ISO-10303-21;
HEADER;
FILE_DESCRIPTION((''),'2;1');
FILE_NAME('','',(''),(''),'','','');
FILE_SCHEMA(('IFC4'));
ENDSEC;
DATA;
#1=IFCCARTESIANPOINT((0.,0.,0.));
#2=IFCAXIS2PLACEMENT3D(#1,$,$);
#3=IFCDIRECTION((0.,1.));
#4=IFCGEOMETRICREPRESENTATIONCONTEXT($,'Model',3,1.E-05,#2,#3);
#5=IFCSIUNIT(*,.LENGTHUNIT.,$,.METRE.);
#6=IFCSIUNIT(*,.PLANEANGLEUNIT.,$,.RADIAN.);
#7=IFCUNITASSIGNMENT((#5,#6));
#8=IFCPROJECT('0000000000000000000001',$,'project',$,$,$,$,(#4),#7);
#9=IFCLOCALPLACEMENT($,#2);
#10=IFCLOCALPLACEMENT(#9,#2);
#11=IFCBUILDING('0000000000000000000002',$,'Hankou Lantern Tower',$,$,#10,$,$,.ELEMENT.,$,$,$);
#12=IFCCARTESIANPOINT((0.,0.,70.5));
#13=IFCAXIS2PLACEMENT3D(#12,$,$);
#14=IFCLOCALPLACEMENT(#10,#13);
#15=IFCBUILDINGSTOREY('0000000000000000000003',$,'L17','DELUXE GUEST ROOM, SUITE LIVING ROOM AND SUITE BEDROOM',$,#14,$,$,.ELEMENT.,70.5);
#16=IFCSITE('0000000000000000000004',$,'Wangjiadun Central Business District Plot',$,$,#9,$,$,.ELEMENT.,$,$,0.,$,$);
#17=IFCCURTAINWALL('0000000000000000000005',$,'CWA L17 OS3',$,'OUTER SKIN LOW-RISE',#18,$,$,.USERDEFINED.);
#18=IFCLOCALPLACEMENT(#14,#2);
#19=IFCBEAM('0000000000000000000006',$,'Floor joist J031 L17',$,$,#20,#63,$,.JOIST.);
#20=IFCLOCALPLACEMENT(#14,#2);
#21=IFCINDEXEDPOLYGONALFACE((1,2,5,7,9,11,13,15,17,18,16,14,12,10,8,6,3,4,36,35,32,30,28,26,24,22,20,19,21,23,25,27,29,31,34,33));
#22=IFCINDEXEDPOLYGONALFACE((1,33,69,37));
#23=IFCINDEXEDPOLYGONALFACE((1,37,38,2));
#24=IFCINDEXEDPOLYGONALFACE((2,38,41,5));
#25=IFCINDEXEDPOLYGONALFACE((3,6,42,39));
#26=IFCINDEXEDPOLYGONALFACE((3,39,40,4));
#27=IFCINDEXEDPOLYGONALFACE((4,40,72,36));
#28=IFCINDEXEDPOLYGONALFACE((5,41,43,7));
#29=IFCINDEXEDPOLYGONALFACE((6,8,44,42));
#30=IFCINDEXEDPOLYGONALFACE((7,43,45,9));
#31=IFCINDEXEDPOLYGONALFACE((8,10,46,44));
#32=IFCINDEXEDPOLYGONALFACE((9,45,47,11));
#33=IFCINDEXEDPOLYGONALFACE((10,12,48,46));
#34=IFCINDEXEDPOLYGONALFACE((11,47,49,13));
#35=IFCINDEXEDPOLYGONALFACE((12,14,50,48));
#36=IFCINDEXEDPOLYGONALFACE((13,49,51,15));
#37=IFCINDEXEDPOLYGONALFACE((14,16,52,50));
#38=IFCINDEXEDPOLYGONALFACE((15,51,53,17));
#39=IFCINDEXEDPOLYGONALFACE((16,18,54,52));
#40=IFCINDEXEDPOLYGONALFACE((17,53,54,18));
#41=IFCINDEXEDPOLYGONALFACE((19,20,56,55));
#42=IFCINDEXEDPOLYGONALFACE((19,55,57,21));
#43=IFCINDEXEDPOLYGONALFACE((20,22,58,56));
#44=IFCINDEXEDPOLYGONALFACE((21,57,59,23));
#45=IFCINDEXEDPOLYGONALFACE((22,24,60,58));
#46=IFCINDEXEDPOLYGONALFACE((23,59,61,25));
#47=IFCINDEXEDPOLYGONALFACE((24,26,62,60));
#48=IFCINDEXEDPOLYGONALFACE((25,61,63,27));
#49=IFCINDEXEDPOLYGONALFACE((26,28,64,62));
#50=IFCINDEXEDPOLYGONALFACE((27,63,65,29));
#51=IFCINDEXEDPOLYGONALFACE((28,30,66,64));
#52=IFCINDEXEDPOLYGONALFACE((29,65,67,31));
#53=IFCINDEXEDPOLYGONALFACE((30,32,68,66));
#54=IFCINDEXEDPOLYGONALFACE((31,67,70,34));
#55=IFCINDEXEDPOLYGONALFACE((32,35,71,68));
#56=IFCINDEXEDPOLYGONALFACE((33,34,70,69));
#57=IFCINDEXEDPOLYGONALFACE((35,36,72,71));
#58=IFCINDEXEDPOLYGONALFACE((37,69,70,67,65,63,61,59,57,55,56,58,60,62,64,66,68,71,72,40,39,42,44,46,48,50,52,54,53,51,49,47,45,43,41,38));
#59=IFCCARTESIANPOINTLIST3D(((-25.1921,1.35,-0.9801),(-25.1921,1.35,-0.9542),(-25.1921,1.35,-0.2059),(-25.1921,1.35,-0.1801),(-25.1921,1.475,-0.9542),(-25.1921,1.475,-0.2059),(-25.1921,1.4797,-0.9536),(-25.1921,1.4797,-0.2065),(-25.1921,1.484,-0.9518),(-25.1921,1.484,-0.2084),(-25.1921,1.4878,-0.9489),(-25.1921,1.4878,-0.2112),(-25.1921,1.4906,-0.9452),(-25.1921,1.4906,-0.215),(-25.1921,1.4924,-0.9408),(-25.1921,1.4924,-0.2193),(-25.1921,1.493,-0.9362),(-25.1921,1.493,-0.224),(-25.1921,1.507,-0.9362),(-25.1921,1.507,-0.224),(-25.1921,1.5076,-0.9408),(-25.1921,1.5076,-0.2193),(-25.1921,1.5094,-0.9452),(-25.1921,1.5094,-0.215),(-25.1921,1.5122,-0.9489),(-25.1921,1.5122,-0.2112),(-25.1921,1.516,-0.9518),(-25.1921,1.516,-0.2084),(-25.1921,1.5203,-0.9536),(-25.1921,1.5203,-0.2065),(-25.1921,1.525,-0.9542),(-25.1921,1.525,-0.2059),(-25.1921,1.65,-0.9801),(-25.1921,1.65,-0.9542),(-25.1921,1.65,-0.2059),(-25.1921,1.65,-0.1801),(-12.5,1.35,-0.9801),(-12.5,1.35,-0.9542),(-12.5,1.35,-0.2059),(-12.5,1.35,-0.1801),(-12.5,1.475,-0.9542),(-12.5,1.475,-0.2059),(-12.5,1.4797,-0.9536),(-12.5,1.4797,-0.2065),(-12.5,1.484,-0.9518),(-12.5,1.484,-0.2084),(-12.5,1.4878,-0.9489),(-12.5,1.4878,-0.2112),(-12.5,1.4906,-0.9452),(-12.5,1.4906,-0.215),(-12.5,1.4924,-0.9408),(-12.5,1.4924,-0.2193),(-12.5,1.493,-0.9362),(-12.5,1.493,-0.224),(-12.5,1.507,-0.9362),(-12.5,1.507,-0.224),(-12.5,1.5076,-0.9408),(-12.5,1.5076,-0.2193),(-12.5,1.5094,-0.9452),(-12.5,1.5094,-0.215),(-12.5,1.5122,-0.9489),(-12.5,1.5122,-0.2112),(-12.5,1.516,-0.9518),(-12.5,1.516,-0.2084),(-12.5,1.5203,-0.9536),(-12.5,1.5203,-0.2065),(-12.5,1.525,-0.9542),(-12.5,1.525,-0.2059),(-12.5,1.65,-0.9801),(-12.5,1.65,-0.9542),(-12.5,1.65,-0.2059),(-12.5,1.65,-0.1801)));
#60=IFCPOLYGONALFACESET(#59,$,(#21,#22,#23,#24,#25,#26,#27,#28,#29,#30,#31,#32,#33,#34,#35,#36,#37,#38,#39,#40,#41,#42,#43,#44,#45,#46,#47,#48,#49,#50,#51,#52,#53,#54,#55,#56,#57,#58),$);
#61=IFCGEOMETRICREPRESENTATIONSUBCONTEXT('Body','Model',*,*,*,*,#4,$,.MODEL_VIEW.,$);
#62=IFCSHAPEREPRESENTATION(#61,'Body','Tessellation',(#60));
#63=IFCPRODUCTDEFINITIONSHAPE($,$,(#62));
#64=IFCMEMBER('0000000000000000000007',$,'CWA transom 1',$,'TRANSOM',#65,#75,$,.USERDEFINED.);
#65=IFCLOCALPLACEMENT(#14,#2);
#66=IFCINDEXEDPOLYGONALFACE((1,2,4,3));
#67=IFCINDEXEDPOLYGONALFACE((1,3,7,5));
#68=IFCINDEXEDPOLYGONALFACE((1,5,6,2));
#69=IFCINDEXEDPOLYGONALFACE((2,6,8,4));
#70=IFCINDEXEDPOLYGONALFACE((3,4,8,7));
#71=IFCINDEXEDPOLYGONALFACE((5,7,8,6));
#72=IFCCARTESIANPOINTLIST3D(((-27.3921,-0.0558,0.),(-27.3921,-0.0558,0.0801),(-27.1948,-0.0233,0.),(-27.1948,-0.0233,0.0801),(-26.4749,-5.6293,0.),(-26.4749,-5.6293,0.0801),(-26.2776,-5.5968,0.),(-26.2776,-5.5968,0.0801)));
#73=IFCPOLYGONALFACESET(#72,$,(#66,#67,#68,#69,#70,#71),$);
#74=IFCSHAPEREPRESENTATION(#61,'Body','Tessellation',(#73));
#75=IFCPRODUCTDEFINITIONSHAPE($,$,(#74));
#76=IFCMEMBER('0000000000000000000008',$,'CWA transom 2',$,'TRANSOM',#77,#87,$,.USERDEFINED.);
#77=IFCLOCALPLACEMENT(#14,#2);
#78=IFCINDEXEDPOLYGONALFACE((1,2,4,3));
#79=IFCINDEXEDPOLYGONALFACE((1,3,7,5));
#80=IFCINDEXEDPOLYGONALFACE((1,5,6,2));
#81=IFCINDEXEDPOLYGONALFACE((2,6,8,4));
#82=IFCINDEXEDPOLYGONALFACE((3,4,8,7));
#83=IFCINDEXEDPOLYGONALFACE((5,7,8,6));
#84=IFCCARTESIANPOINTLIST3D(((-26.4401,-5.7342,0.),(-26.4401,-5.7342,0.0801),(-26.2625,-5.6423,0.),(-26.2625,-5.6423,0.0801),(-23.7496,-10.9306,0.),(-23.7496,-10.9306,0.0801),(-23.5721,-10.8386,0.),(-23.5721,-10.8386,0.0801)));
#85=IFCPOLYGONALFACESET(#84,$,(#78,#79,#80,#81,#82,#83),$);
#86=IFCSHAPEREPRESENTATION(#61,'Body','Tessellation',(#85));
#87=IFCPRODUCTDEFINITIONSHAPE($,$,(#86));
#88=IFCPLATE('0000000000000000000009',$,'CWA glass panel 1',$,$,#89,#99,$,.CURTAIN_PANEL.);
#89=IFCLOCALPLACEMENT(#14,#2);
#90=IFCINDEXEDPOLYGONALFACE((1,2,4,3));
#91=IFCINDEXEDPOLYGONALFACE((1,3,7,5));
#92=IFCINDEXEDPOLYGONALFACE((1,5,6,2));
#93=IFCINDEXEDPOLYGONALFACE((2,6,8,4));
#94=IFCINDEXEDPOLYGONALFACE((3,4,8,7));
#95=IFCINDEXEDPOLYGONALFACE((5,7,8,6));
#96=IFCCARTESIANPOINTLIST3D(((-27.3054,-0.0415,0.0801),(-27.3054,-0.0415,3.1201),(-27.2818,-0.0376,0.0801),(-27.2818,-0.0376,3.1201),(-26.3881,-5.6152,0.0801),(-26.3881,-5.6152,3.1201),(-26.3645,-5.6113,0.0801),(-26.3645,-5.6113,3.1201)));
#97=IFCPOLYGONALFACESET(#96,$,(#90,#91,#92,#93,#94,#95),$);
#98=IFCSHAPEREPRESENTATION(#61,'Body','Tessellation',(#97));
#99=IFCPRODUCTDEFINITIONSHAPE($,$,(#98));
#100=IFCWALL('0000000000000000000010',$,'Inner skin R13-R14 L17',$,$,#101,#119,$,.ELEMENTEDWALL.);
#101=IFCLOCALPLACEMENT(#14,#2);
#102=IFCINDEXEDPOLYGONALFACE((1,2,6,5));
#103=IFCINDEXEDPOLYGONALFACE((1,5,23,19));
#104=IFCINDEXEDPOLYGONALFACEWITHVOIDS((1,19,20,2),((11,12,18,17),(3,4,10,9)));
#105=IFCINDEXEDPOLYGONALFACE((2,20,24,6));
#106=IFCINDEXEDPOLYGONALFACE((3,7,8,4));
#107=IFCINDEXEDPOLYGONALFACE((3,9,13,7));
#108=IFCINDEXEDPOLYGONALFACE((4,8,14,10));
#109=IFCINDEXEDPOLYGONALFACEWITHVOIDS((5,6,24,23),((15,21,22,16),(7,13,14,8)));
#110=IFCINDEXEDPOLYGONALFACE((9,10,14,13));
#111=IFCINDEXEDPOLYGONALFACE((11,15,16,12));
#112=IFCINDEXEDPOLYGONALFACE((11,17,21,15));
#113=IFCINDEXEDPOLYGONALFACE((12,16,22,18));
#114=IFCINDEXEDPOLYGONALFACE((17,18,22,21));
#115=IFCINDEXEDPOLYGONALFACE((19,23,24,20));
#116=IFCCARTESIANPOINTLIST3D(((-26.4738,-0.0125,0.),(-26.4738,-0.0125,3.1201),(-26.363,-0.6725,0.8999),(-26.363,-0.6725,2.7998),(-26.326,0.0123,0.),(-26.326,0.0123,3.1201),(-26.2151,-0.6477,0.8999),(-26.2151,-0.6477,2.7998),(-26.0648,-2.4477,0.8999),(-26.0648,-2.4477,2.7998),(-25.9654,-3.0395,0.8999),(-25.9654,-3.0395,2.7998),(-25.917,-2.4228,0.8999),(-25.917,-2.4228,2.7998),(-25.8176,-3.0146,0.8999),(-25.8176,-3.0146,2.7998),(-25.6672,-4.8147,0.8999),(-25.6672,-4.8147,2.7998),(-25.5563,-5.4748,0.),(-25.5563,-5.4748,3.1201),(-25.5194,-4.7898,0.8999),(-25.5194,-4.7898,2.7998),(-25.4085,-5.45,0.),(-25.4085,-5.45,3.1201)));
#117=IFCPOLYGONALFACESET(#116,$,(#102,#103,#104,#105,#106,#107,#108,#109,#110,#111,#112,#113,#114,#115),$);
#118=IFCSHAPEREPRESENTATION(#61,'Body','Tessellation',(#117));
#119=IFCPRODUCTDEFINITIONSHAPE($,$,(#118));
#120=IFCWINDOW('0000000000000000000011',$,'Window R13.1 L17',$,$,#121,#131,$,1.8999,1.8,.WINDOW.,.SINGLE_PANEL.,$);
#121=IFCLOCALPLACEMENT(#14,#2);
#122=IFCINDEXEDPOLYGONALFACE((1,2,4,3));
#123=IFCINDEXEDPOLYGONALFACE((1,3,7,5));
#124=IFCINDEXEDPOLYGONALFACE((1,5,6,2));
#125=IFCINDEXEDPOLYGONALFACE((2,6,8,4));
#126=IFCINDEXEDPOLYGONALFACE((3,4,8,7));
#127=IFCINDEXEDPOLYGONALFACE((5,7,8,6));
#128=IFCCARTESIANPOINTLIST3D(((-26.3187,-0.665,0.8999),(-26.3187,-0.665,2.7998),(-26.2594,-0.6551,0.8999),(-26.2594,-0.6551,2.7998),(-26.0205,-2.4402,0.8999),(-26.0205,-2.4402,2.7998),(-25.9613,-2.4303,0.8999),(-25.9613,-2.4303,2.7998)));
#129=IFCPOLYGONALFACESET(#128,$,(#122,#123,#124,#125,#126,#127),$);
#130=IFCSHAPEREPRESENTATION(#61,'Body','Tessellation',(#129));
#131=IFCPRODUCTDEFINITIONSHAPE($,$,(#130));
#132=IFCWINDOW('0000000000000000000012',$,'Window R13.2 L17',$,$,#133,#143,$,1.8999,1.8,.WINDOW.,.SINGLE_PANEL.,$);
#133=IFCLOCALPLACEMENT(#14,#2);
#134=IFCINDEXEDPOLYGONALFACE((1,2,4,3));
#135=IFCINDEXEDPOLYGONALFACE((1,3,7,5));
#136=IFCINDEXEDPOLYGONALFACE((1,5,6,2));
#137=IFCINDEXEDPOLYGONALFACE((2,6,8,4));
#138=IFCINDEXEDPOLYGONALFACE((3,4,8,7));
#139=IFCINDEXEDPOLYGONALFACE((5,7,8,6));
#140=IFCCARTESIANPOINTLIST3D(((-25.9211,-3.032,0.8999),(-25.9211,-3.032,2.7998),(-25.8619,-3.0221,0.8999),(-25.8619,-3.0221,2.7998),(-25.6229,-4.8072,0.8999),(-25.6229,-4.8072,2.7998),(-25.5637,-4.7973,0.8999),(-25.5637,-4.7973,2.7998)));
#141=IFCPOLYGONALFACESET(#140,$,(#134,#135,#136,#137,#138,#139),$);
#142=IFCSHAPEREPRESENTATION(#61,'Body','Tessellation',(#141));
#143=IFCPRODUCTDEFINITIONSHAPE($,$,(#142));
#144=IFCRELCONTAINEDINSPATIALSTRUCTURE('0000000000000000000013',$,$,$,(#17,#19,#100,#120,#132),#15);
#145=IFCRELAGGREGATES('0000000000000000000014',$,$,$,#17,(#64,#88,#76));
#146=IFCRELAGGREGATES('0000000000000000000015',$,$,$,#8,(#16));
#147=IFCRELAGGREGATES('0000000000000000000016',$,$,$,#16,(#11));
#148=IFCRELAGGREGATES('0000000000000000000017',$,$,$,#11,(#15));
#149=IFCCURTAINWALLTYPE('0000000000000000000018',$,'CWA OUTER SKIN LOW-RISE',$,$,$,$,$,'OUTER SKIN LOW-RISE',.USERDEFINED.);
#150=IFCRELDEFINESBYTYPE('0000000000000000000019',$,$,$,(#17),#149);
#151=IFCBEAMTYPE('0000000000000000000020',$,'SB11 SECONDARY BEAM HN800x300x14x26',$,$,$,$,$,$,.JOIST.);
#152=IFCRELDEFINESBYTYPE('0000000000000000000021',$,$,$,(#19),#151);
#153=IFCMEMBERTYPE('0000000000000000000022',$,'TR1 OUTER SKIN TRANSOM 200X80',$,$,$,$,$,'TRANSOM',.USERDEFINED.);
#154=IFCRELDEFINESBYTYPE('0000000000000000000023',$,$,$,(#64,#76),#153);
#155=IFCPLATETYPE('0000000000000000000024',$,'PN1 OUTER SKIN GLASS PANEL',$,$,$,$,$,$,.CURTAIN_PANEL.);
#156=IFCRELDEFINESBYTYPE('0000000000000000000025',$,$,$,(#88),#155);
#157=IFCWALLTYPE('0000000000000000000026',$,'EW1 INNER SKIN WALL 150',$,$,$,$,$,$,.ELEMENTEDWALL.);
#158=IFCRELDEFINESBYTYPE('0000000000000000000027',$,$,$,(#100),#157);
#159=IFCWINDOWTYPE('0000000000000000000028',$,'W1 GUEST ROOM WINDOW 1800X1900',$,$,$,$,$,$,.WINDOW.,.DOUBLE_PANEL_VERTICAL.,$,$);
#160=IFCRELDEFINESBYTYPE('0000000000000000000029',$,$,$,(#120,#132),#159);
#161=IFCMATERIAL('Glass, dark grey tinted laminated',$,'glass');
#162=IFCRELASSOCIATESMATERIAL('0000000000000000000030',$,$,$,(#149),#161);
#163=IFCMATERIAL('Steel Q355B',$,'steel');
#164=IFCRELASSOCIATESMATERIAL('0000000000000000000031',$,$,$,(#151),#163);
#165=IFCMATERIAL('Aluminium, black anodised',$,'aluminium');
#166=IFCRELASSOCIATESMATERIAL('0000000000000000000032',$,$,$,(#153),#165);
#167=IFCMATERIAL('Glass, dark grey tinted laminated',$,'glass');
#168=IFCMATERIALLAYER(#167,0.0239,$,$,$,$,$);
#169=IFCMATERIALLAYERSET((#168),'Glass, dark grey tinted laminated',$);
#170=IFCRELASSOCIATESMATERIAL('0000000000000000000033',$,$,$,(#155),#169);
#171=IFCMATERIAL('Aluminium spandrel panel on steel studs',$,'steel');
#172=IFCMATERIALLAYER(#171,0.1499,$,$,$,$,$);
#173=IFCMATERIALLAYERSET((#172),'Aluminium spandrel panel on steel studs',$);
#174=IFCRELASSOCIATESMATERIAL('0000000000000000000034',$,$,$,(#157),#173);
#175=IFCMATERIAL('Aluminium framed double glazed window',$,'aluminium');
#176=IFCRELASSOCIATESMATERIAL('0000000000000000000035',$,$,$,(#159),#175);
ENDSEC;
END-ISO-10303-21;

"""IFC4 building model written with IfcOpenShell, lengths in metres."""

from ifc_helpers import new_model, si_unit, direction, frame, frame_2d, origin, origin_2d, place, context, subcontext, project, spatial, rectangle, i_section, extrude, material, layer, layer_set, material_profile, profile_set, type_object, element, fill, aggregate, save


model = new_model("IFC4")

# Units and contexts
model_context = context("Model", 3, precision=1e-05, world=origin(), true_north=direction((0.0, 1.0)))
body_context = subcontext(model_context, "Body", "Model", "MODEL_VIEW")
ifc_project = project(units=[si_unit("LENGTHUNIT", "METRE"), si_unit("PLANEANGLEUNIT", "RADIAN")], contexts=[model_context])

# Site, building, storey
site_placement = place(None, origin())
site = spatial("IfcSite", under=ifc_project, at=site_placement, Name="Wangjiadun Central Business District Plot", CompositionType="ELEMENT", RefElevation=0.0)
building_placement = place(site_placement, origin())
building = spatial("IfcBuilding", under=site, at=building_placement, Name="Hankou Lantern Tower", CompositionType="ELEMENT")
storey_placement = place(building_placement, frame((0.0, 0.0, 70.5)))
storey = spatial("IfcBuildingStorey", under=building, at=storey_placement, Name="L17", Description="DELUXE GUEST ROOM, SUITE LIVING ROOM AND SUITE BEDROOM", CompositionType="ELEMENT", Elevation=70.5)

# Curtain wall
ifc_material_1 = material(Name="Glass, dark grey tinted laminated", Category="glass")
curtain_wall_type = type_object("IfcCurtainWallType", Name="CWA OUTER SKIN LOW-RISE", ElementType="OUTER SKIN LOW-RISE", PredefinedType="USERDEFINED", material=ifc_material_1)
curtain_wall_placement = place(storey_placement, origin())
curtain_wall = element("IfcCurtainWall", 1, at=curtain_wall_placement, inside=storey, type_object=curtain_wall_type, Name="CWA L17 OS3", ObjectType="OUTER SKIN LOW-RISE", PredefinedType="USERDEFINED")

# Beam
ifc_material_2 = material(Name="Steel Q355B", Category="steel")
ifc_material_profile_1 = material_profile(ifc_material_2, i_section(OverallWidth=0.3, OverallDepth=0.8, WebThickness=0.0139, FlangeThickness=0.0259, FilletRadius=0.0181, at=origin_2d()), Name="HN800x300x14x26")
ifc_profile_set_1 = profile_set([ifc_material_profile_1], Name="Steel Q355B")
beam_type_1 = type_object("IfcBeamType", Name="SB11 SECONDARY BEAM HN800x300x14x26", PredefinedType="JOIST", material=ifc_profile_set_1)
for number, where, z_axis, x_axis, name in (
    (2, (-25.1921, 1.5, -0.5801), (1.0, 0.0, 0.0), (0.0, 1.0, 0.0), "Floor joist J031 L17"),
):
    element("IfcBeam", number, at=place(storey_placement, frame(where, z_axis=z_axis, x_axis=x_axis)), inside=storey, type_object=beam_type_1, Name=name, PredefinedType="JOIST", context=body_context, shape_type="SweptSolid", body=[
        extrude(i_section(OverallWidth=0.3, OverallDepth=0.8, WebThickness=0.0139, FlangeThickness=0.0259, FilletRadius=0.0181, at=origin_2d()), origin(), (0.0, 0.0, 1.0), 12.6921),
    ])

# Members
ifc_material_3 = material(Name="Aluminium, black anodised", Category="aluminium")
ifc_material_profile_2 = material_profile(ifc_material_3, rectangle(XDim=0.2, YDim=0.0801, at=origin_2d()), Name="TR1 200X80")
ifc_profile_set_2 = profile_set([ifc_material_profile_2], Name="Aluminium, black anodised")
member_type_1 = type_object("IfcMemberType", Name="TR1 OUTER SKIN TRANSOM 200X80", ElementType="TRANSOM", PredefinedType="USERDEFINED", material=ifc_profile_set_2)
member_1_placement = place(storey_placement, frame((-27.2935, -0.0396, 0.04), z_axis=(0.162387, -0.986727, 0.0), x_axis=(0.986727, 0.162387, 0.0)))
member_1 = element("IfcMember", 3, at=member_1_placement, type_object=member_type_1, Name="CWA transom 1", ObjectType="TRANSOM", PredefinedType="USERDEFINED", context=body_context, shape_type="SweptSolid", body=[
    extrude(rectangle(XDim=0.2, YDim=0.0801, at=origin_2d()), origin(), (0.0, 0.0, 1.0), 5.6484),
])
member_2_placement = place(storey_placement, frame((-26.3513, -5.6882, 0.04), z_axis=(0.459786, -0.88803, 0.0), x_axis=(0.88803, 0.459786, 0.0)))
member_2 = element("IfcMember", 4, at=member_2_placement, type_object=member_type_1, Name="CWA transom 2", ObjectType="TRANSOM", PredefinedType="USERDEFINED", context=body_context, shape_type="SweptSolid", body=[
    extrude(rectangle(XDim=0.2, YDim=0.0801, at=origin_2d()), origin(), (0.0, 0.0, 1.0), 5.8516),
])

# Plate
ifc_material_4 = material(Name="Glass, dark grey tinted laminated", Category="glass")
ifc_layer_1 = layer(ifc_material_4, 0.0239)
ifc_layer_set_1 = layer_set([ifc_layer_1], Name="Glass, dark grey tinted laminated")
plate_type = type_object("IfcPlateType", Name="PN1 OUTER SKIN GLASS PANEL", PredefinedType="CURTAIN_PANEL", material=ifc_layer_set_1)
plate_placement = place(storey_placement, frame((-26.835, -2.8264, 0.0801), z_axis=(0.0, 0.0, 1.0), x_axis=(0.162382, -0.986728, 0.0)))
plate = element("IfcPlate", 5, at=plate_placement, type_object=plate_type, Name="CWA glass panel 1", PredefinedType="CURTAIN_PANEL", context=body_context, shape_type="SweptSolid", body=[
    extrude(rectangle(XDim=5.6487, YDim=0.0239, at=origin_2d()), origin(), (0.0, 0.0, 1.0), 3.04),
])
aggregate(curtain_wall, [member_1, plate, member_2])

# Wall, openings, windows
ifc_material_5 = material(Name="Aluminium spandrel panel on steel studs", Category="steel")
ifc_layer_2 = layer(ifc_material_5, 0.1499)
ifc_layer_set_2 = layer_set([ifc_layer_2], Name="Aluminium spandrel panel on steel studs")
wall_type_1 = type_object("IfcWallType", Name="EW1 INNER SKIN WALL 150", PredefinedType="ELEMENTEDWALL", material=ifc_layer_set_2)
wall_1_placement = place(storey_placement, frame((-26.3999, 0.0, 0.0), z_axis=(0.0, 0.0, 1.0), x_axis=(0.165643, -0.986186, 0.0)))
wall_1 = element("IfcWall", 6, at=wall_1_placement, inside=storey, type_object=wall_type_1, Name="Inner skin R13-R14 L17", PredefinedType="ELEMENTEDWALL", context=body_context, shape_type="SweptSolid", body=[
    extrude(rectangle(XDim=5.5388, YDim=0.1499, at=frame_2d((2.7695, 0.0))), origin(), (0.0, 0.0, 1.0), 3.1201),
])
opening_1_placement = place(wall_1_placement, frame((0.6694, 0.0, 0.8999)))
opening_1 = element("IfcOpeningElement", 7, at=opening_1_placement, cuts=wall_1, PredefinedType="OPENING", context=body_context, shape_type="SweptSolid", body=[
    extrude(rectangle(XDim=1.8, YDim=1.8999, at=frame_2d((0.8999, 0.95))), frame((0.0, 0.085, 0.0), z_axis=(0.0, -1.0, 0.0), x_axis=(1.0, 0.0, 0.0)), (0.0, 0.0, 1.0), 0.1699),
])
opening_2_placement = place(wall_1_placement, frame((3.0696, 0.0, 0.8999)))
opening_2 = element("IfcOpeningElement", 8, at=opening_2_placement, cuts=wall_1, PredefinedType="OPENING", context=body_context, shape_type="SweptSolid", body=[
    extrude(rectangle(XDim=1.8, YDim=1.8999, at=frame_2d((0.8999, 0.95))), frame((0.0, 0.085, 0.0), z_axis=(0.0, -1.0, 0.0), x_axis=(1.0, 0.0, 0.0)), (0.0, 0.0, 1.0), 0.1699),
])
ifc_material_6 = material(Name="Aluminium framed double glazed window", Category="aluminium")
window_type = type_object("IfcWindowType", Name="W1 GUEST ROOM WINDOW 1800X1900", PartitioningType="DOUBLE_PANEL_VERTICAL", PredefinedType="WINDOW", material=ifc_material_6)
window_1_placement = place(opening_1_placement, origin())
window_1 = element("IfcWindow", 9, at=window_1_placement, inside=storey, type_object=window_type, Name="Window R13.1 L17", OverallHeight=1.8999, OverallWidth=1.8, PartitioningType="SINGLE_PANEL", PredefinedType="WINDOW", context=body_context, shape_type="SweptSolid", body=[
    extrude(rectangle(XDim=1.8, YDim=1.8999, at=frame_2d((0.8999, 0.95))), frame((0.0, 0.03, 0.0), z_axis=(0.0, -1.0, 0.0), x_axis=(1.0, 0.0, 0.0)), (0.0, 0.0, 1.0), 0.0601),
])
fill(opening_1, window_1)
window_2_placement = place(opening_2_placement, origin())
window_2 = element("IfcWindow", 10, at=window_2_placement, inside=storey, type_object=window_type, Name="Window R13.2 L17", OverallHeight=1.8999, OverallWidth=1.8, PartitioningType="SINGLE_PANEL", PredefinedType="WINDOW", context=body_context, shape_type="SweptSolid", body=[
    extrude(rectangle(XDim=1.8, YDim=1.8999, at=frame_2d((0.8999, 0.95))), frame((0.0, 0.03, 0.0), z_axis=(0.0, -1.0, 0.0), x_axis=(1.0, 0.0, 0.0)), (0.0, 0.0, 1.0), 0.0601),
])
fill(opening_2, window_2)

save(model, "model.ifc")
